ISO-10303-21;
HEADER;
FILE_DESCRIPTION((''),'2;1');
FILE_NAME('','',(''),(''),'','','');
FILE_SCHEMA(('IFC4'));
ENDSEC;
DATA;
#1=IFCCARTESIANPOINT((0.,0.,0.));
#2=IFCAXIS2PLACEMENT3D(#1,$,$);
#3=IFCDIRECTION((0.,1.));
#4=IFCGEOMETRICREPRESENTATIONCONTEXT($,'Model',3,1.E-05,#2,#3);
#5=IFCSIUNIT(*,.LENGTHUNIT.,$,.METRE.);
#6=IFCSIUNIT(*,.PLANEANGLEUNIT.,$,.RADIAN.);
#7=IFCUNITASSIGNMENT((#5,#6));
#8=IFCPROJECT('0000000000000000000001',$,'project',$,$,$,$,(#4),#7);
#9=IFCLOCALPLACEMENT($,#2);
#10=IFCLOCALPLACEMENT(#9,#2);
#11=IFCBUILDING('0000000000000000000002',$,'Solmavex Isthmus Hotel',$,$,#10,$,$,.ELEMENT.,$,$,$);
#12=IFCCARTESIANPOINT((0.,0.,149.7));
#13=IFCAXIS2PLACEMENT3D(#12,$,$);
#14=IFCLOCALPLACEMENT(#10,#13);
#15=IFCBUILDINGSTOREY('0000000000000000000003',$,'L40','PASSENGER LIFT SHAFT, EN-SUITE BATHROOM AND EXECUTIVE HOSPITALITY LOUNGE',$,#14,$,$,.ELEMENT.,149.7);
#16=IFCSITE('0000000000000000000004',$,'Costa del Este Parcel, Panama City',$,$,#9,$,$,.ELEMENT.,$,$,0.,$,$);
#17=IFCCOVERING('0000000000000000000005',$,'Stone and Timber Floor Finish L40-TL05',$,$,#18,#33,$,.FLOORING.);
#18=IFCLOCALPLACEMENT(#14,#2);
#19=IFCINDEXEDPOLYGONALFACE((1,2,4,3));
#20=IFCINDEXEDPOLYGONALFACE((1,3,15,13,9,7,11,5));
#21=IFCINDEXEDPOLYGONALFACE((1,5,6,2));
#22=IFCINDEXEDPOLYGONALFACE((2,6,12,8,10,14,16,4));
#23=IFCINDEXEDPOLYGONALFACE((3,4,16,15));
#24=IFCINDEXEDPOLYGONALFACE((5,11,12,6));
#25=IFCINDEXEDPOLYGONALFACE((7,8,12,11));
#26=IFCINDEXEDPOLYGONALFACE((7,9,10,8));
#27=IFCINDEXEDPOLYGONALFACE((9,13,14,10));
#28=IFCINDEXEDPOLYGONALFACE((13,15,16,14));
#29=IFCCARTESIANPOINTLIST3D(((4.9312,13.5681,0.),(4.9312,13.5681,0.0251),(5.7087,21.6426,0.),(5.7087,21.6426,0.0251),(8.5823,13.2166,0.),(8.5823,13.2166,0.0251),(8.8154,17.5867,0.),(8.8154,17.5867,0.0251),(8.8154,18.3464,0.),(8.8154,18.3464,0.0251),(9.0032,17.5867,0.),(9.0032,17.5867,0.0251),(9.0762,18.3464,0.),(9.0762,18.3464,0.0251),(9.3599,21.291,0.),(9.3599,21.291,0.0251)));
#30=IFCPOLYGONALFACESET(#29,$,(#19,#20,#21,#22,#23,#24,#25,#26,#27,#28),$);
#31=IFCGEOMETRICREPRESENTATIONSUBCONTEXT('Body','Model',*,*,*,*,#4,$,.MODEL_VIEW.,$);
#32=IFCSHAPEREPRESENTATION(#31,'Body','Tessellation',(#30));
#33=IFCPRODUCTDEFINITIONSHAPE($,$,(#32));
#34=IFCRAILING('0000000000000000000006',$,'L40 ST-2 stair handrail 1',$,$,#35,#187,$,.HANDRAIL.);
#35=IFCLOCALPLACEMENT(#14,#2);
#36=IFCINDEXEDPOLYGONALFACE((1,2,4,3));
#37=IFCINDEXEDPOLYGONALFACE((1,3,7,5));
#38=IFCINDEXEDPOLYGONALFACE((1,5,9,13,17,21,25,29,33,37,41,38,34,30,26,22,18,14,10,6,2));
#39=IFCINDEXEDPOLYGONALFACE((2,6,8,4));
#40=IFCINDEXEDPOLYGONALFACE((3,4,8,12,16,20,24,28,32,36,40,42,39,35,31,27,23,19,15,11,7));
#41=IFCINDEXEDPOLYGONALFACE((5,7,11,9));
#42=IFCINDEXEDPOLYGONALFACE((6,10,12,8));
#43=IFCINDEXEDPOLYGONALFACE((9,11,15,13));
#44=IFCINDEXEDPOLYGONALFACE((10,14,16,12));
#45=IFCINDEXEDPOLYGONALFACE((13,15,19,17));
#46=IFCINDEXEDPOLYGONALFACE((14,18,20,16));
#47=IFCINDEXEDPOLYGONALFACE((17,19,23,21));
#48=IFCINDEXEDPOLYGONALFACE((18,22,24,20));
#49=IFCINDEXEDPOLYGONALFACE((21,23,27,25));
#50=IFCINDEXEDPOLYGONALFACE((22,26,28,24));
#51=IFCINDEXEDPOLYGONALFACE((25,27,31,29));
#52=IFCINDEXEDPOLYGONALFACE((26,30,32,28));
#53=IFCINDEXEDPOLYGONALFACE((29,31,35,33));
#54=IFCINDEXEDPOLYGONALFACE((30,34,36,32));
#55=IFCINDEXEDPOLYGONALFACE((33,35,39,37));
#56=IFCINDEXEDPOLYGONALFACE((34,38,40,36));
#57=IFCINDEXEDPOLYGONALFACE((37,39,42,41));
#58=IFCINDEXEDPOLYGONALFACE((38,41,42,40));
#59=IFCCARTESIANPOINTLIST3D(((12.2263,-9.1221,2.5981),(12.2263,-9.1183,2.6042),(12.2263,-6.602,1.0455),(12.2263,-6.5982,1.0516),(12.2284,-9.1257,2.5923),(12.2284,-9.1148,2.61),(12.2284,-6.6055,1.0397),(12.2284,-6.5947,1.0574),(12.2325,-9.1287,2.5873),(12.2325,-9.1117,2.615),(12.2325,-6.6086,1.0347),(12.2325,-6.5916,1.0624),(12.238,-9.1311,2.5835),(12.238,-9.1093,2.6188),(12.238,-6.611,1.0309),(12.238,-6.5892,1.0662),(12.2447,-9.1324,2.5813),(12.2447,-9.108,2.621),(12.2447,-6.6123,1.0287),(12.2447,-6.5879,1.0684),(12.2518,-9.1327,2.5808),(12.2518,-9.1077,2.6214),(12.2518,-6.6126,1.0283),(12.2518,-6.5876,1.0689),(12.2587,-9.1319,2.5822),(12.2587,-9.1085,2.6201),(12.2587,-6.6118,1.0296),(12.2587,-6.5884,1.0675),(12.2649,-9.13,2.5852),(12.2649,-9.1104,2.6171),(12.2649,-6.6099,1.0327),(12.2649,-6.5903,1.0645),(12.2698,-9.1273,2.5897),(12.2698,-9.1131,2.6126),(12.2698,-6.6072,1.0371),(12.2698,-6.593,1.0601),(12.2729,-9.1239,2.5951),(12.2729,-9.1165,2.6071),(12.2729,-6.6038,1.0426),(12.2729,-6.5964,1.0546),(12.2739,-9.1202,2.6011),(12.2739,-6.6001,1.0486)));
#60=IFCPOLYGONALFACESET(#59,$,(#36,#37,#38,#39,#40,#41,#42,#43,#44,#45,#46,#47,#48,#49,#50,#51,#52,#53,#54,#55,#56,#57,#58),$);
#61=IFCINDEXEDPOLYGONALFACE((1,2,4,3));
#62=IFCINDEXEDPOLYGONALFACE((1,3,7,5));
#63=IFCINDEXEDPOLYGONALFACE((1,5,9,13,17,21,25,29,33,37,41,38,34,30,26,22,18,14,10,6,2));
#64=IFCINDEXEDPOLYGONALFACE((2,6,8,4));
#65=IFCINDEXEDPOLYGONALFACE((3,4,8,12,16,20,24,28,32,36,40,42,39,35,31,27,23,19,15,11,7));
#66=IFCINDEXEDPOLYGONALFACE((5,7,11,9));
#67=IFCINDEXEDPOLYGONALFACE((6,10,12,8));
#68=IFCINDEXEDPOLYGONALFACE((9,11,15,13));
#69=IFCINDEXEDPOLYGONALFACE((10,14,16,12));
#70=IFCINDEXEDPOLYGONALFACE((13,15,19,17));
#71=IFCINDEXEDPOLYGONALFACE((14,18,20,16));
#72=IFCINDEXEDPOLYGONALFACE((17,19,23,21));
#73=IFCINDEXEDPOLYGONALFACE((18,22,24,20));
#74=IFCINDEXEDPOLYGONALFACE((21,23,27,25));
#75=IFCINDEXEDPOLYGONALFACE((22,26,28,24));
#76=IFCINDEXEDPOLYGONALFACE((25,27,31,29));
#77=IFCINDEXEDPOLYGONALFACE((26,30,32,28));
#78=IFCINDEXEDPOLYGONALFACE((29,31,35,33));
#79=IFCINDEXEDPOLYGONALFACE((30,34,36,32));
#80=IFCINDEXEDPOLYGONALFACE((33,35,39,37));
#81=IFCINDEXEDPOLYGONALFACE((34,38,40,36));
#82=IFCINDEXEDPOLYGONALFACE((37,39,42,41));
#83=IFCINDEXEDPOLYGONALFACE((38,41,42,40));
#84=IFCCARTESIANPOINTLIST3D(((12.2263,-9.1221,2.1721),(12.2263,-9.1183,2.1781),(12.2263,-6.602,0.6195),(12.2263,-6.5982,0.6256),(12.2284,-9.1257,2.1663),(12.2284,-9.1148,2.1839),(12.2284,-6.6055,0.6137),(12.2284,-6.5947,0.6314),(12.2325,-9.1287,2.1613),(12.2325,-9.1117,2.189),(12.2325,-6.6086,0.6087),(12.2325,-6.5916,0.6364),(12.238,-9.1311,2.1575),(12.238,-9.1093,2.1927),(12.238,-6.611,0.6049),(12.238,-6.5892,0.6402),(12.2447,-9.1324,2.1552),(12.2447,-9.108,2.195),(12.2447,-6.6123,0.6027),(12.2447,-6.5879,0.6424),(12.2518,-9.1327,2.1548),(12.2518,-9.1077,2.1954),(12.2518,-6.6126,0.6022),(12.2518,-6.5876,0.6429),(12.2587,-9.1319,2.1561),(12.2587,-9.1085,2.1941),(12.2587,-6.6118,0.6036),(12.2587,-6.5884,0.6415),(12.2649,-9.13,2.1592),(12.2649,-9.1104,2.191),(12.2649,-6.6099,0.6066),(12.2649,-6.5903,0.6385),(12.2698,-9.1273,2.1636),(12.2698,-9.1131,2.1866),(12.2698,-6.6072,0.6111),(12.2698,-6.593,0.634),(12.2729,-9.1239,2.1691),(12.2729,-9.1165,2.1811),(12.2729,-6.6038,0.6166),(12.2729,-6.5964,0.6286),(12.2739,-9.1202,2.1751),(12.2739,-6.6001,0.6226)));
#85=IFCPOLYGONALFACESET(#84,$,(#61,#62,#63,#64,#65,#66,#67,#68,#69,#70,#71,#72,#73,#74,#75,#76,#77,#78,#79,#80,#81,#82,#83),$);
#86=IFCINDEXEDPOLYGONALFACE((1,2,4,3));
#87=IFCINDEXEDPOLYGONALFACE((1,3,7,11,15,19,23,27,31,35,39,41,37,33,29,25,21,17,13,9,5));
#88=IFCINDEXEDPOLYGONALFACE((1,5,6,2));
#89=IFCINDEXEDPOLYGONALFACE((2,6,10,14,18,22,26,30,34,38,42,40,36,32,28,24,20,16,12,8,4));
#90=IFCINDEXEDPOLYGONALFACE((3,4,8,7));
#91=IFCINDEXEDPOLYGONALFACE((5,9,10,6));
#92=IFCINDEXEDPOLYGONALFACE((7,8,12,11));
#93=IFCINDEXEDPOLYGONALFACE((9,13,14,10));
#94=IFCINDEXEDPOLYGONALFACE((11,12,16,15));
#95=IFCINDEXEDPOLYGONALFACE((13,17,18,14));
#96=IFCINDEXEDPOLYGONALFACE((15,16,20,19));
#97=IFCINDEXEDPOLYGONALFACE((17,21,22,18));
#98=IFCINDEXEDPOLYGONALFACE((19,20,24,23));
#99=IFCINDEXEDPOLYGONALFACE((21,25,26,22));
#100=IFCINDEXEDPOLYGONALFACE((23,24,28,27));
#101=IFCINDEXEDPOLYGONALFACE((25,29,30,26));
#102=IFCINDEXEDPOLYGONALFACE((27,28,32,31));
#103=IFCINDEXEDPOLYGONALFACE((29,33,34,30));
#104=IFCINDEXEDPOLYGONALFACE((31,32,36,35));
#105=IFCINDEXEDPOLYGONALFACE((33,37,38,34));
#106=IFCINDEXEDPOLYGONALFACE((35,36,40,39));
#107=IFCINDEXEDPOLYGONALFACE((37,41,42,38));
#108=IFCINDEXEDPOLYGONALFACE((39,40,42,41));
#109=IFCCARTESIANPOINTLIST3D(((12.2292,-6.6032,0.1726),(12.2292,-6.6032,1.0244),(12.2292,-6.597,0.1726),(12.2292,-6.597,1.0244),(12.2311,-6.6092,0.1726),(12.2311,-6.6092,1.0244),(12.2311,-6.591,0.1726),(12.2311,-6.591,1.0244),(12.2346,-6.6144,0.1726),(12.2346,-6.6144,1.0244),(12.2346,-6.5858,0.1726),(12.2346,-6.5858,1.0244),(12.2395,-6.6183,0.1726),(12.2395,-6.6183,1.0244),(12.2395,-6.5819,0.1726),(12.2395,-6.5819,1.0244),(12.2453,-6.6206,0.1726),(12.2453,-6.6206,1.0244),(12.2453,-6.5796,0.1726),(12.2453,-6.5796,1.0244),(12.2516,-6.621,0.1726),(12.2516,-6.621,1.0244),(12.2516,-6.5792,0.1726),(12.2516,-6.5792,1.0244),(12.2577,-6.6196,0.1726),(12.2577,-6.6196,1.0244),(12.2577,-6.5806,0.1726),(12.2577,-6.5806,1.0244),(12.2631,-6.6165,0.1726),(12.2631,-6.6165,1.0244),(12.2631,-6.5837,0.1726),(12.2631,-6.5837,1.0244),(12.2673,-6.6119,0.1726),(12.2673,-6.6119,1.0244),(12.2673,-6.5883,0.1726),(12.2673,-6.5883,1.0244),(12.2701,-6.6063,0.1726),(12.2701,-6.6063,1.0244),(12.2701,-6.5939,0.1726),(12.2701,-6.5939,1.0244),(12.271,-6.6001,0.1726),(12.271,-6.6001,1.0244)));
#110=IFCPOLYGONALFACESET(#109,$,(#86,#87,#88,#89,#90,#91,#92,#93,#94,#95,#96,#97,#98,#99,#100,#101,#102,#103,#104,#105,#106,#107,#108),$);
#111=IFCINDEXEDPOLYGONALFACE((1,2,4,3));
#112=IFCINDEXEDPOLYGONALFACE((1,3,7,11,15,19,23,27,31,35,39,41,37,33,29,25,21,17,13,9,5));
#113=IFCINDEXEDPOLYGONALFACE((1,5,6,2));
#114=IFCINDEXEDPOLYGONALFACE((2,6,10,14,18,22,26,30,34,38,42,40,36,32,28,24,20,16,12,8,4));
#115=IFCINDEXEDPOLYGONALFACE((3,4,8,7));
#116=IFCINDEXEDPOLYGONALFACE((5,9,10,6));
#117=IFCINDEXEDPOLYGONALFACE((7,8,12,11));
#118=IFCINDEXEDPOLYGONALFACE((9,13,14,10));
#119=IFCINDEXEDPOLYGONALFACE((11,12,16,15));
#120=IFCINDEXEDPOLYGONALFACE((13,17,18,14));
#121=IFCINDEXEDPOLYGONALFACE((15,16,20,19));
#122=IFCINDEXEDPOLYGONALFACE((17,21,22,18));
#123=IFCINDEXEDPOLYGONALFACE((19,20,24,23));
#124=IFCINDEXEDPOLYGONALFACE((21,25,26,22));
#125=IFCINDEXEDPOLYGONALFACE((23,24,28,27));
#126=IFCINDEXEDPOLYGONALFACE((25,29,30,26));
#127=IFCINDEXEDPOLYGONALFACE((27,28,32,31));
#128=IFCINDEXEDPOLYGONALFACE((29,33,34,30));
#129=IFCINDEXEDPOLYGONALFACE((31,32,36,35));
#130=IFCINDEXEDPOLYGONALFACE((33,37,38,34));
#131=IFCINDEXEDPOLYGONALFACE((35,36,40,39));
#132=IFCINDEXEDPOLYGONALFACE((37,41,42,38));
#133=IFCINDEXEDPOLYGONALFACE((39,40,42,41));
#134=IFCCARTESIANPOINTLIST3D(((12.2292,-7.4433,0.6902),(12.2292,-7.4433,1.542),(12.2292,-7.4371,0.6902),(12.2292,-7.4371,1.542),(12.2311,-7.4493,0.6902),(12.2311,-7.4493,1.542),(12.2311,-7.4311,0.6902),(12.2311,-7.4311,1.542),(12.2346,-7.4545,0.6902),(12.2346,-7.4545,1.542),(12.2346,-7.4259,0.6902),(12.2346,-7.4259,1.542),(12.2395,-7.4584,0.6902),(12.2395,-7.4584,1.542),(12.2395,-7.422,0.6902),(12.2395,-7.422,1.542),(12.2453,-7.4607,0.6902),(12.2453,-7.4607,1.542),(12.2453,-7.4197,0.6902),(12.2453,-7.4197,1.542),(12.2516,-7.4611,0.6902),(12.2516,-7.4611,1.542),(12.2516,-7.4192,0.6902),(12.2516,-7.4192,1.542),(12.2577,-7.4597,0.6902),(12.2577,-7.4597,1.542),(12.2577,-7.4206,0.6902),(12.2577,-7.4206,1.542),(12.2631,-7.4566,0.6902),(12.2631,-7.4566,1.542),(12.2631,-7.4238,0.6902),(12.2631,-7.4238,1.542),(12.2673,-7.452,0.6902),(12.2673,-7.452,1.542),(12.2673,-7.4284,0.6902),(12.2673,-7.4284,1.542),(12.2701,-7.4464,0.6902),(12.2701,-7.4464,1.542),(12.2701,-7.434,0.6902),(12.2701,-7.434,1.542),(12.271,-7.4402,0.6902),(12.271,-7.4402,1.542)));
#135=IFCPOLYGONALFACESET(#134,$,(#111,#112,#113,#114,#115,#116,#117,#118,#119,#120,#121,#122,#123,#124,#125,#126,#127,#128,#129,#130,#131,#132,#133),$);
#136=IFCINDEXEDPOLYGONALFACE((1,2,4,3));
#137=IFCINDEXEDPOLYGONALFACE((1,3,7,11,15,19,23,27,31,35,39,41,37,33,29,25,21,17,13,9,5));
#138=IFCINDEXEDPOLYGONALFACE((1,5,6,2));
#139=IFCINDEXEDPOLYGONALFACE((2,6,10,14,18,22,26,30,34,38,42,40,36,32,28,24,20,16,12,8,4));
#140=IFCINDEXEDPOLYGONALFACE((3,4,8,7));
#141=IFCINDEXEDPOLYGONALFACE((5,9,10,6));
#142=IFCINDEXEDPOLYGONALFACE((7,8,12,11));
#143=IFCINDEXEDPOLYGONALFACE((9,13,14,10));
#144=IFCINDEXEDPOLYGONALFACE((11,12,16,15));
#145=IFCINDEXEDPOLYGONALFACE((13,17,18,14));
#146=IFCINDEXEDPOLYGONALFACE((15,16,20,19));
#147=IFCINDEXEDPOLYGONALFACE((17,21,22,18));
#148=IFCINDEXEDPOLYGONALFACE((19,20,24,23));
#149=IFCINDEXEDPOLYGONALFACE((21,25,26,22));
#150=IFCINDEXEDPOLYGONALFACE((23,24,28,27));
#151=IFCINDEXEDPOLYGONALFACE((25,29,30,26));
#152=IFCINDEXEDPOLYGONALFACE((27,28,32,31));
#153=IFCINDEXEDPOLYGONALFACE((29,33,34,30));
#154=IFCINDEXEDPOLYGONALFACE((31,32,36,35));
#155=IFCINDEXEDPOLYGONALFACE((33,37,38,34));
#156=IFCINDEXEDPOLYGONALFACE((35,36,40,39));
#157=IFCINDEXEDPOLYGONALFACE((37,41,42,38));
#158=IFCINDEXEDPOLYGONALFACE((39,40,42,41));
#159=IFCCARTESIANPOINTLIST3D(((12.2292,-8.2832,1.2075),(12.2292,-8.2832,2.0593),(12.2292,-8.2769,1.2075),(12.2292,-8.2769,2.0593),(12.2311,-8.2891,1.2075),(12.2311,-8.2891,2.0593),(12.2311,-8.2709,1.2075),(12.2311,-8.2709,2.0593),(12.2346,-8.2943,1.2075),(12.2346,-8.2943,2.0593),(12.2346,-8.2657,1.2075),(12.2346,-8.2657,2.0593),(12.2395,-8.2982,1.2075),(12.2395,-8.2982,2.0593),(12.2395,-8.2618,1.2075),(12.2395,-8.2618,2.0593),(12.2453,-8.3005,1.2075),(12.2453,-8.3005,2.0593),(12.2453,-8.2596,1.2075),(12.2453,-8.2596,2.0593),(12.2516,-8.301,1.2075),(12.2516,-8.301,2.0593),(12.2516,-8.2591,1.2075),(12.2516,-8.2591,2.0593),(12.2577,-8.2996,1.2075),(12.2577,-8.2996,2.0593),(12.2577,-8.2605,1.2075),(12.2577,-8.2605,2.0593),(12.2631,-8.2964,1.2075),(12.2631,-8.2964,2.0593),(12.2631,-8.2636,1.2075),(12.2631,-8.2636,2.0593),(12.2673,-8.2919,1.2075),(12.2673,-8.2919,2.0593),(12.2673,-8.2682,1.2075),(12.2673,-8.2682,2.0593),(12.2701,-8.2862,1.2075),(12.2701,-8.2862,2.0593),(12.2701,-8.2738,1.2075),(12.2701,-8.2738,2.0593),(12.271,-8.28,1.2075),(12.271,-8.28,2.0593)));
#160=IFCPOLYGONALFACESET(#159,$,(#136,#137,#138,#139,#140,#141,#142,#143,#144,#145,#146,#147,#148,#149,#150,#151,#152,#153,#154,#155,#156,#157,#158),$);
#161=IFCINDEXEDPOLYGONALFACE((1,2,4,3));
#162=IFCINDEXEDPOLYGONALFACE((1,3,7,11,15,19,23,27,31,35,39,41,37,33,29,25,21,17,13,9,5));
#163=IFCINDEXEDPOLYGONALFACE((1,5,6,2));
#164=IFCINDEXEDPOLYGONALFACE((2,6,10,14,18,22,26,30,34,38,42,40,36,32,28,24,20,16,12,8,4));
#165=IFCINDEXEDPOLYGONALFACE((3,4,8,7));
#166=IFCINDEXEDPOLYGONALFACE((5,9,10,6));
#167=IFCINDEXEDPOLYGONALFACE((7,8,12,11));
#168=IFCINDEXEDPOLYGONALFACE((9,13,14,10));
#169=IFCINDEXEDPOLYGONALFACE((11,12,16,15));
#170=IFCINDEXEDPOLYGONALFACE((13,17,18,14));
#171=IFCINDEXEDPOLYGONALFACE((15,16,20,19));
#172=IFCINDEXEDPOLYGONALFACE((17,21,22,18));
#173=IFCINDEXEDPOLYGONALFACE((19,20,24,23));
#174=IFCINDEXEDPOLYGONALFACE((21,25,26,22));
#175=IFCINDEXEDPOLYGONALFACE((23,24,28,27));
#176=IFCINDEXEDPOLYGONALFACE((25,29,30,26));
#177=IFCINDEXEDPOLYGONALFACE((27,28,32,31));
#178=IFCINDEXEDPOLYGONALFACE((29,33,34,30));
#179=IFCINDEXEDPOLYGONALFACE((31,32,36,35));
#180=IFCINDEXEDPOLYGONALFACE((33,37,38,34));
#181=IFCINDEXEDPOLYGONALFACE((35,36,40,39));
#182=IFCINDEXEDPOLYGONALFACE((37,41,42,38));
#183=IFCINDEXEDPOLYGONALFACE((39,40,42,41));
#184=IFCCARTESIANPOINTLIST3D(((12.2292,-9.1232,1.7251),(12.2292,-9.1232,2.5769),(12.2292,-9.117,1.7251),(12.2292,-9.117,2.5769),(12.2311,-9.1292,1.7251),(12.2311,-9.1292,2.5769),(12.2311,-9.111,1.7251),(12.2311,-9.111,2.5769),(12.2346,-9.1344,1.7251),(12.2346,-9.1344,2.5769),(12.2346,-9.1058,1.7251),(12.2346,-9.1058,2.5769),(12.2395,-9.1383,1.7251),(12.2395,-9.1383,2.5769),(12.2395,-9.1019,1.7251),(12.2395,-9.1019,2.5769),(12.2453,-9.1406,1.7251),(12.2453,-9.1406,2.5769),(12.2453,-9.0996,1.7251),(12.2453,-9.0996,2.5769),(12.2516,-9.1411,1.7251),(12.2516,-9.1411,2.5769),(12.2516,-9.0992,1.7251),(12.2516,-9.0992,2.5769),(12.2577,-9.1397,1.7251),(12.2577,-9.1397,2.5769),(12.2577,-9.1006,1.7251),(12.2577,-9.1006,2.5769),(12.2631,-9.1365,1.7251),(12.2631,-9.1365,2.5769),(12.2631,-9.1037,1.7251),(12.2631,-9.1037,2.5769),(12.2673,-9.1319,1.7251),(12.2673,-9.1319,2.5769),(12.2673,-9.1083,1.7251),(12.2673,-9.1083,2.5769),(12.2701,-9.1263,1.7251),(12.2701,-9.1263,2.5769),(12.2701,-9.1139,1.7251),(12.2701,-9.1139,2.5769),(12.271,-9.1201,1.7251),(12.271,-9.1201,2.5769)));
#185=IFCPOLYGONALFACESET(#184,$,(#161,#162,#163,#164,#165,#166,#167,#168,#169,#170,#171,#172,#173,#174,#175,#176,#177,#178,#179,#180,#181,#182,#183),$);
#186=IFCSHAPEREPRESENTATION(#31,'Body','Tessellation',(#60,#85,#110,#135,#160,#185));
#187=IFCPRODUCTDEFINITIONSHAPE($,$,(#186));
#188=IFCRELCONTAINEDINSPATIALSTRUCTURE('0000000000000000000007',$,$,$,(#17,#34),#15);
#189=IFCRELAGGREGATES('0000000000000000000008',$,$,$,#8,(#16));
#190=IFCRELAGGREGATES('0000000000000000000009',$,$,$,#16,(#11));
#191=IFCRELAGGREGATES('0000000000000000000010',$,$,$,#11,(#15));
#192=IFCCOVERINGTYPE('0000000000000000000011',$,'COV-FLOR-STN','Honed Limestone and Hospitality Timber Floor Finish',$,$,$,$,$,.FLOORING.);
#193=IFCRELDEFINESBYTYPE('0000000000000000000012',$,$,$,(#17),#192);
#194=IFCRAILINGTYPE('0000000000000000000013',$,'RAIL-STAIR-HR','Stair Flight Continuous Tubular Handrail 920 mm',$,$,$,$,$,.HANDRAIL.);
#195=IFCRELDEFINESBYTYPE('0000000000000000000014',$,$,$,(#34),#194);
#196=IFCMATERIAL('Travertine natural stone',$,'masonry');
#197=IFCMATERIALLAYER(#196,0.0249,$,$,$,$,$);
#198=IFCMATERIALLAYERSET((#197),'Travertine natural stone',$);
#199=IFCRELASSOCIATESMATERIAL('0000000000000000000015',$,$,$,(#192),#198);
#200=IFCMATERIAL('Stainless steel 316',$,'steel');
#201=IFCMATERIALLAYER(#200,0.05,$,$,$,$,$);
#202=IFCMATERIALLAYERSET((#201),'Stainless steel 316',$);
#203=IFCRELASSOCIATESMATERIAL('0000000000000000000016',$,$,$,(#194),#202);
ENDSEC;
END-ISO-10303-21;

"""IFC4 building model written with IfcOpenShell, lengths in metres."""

from ifc_helpers import new_model, si_unit, direction, frame, origin, origin_2d, place, context, subcontext, project, spatial, polyline, circle, outline, extrude, material, layer, layer_set, type_object, element, save


model = new_model("IFC4")

# Units and contexts
model_context = context("Model", 3, precision=1e-05, world=origin(), true_north=direction((0.0, 1.0)))
body_context = subcontext(model_context, "Body", "Model", "MODEL_VIEW")
ifc_project = project(units=[si_unit("LENGTHUNIT", "METRE"), si_unit("PLANEANGLEUNIT", "RADIAN")], contexts=[model_context])

# Site, building, storey
site_placement = place(None, origin())
site = spatial("IfcSite", under=ifc_project, at=site_placement, Name="Costa del Este Parcel, Panama City", CompositionType="ELEMENT", RefElevation=0.0)
building_placement = place(site_placement, origin())
building = spatial("IfcBuilding", under=site, at=building_placement, Name="Solmavex Isthmus Hotel", CompositionType="ELEMENT")
storey_placement = place(building_placement, frame((0.0, 0.0, 149.7)))
storey = spatial("IfcBuildingStorey", under=building, at=storey_placement, Name="L40", Description="PASSENGER LIFT SHAFT, EN-SUITE BATHROOM AND EXECUTIVE HOSPITALITY LOUNGE", CompositionType="ELEMENT", Elevation=149.7)

# Shared definitions
ifc_material_1 = material(Name="Stainless steel 316", Category="steel")

# Covering
ifc_material_2 = material(Name="Travertine natural stone", Category="masonry")
ifc_layer_1 = layer(ifc_material_2, 0.0249)
ifc_layer_set_1 = layer_set([ifc_layer_1], Name="Travertine natural stone")
covering_type_1 = type_object("IfcCoveringType", Name="COV-FLOR-STN", Description="Honed Limestone and Hospitality Timber Floor Finish", PredefinedType="FLOORING", material=ifc_layer_set_1)
covering_1_placement = place(storey_placement, origin())
element("IfcCovering", 1, at=covering_1_placement, inside=storey, type_object=covering_type_1, Name="Stone and Timber Floor Finish L40-TL05", PredefinedType="FLOORING", context=body_context, shape_type="SweptSolid", body=[
    extrude(outline(polyline([(9.0032, 17.5867), (8.8154, 17.5867), (8.8154, 18.3464), (9.0762, 18.3464), (9.3599, 21.291), (5.7087, 21.6426), (4.9312, 13.5681), (8.5823, 13.2166), (9.0032, 17.5867)])), origin(), (0.0, 0.0, 1.0), 0.0251),
])

# Railing
ifc_layer_2 = layer(ifc_material_1, 0.05)
ifc_layer_set_2 = layer_set([ifc_layer_2], Name="Stainless steel 316")
railing_type = type_object("IfcRailingType", Name="RAIL-STAIR-HR", Description="Stair Flight Continuous Tubular Handrail 920 mm", PredefinedType="HANDRAIL", material=ifc_layer_set_2)
railing_placement = place(storey_placement, frame((12.25, -6.6001, 0.1726)))
element("IfcRailing", 2, at=railing_placement, inside=storey, type_object=railing_type, Name="L40 ST-2 stair handrail 1", PredefinedType="HANDRAIL", context=body_context, shape_type="SweptSolid", body=[
    extrude(circle(Radius=0.0239, at=origin_2d()), frame((0.0, 0.0, 0.876), z_axis=(0.0, -0.8514, 0.524516), x_axis=(1.0, 0.0, 0.0)), (0.0, 0.0, 1.0), 2.96),
    extrude(circle(Radius=0.0239, at=origin_2d()), frame((0.0, 0.0, 0.45), z_axis=(0.0, -0.8514, 0.524516), x_axis=(1.0, 0.0, 0.0)), (0.0, 0.0, 1.0), 2.96),
    extrude(circle(Radius=0.021, at=origin_2d()), origin(), (0.0, 0.0, 1.0), 0.8518),
    extrude(circle(Radius=0.021, at=origin_2d()), frame((0.0, -0.8401, 0.5176)), (0.0, 0.0, 1.0), 0.8518),
    extrude(circle(Radius=0.021, at=origin_2d()), frame((0.0, -1.6799, 1.0349)), (0.0, 0.0, 1.0), 0.8518),
    extrude(circle(Radius=0.021, at=origin_2d()), frame((0.0, -2.52, 1.5525)), (0.0, 0.0, 1.0), 0.8518),
])

save(model, "model.ifc")
